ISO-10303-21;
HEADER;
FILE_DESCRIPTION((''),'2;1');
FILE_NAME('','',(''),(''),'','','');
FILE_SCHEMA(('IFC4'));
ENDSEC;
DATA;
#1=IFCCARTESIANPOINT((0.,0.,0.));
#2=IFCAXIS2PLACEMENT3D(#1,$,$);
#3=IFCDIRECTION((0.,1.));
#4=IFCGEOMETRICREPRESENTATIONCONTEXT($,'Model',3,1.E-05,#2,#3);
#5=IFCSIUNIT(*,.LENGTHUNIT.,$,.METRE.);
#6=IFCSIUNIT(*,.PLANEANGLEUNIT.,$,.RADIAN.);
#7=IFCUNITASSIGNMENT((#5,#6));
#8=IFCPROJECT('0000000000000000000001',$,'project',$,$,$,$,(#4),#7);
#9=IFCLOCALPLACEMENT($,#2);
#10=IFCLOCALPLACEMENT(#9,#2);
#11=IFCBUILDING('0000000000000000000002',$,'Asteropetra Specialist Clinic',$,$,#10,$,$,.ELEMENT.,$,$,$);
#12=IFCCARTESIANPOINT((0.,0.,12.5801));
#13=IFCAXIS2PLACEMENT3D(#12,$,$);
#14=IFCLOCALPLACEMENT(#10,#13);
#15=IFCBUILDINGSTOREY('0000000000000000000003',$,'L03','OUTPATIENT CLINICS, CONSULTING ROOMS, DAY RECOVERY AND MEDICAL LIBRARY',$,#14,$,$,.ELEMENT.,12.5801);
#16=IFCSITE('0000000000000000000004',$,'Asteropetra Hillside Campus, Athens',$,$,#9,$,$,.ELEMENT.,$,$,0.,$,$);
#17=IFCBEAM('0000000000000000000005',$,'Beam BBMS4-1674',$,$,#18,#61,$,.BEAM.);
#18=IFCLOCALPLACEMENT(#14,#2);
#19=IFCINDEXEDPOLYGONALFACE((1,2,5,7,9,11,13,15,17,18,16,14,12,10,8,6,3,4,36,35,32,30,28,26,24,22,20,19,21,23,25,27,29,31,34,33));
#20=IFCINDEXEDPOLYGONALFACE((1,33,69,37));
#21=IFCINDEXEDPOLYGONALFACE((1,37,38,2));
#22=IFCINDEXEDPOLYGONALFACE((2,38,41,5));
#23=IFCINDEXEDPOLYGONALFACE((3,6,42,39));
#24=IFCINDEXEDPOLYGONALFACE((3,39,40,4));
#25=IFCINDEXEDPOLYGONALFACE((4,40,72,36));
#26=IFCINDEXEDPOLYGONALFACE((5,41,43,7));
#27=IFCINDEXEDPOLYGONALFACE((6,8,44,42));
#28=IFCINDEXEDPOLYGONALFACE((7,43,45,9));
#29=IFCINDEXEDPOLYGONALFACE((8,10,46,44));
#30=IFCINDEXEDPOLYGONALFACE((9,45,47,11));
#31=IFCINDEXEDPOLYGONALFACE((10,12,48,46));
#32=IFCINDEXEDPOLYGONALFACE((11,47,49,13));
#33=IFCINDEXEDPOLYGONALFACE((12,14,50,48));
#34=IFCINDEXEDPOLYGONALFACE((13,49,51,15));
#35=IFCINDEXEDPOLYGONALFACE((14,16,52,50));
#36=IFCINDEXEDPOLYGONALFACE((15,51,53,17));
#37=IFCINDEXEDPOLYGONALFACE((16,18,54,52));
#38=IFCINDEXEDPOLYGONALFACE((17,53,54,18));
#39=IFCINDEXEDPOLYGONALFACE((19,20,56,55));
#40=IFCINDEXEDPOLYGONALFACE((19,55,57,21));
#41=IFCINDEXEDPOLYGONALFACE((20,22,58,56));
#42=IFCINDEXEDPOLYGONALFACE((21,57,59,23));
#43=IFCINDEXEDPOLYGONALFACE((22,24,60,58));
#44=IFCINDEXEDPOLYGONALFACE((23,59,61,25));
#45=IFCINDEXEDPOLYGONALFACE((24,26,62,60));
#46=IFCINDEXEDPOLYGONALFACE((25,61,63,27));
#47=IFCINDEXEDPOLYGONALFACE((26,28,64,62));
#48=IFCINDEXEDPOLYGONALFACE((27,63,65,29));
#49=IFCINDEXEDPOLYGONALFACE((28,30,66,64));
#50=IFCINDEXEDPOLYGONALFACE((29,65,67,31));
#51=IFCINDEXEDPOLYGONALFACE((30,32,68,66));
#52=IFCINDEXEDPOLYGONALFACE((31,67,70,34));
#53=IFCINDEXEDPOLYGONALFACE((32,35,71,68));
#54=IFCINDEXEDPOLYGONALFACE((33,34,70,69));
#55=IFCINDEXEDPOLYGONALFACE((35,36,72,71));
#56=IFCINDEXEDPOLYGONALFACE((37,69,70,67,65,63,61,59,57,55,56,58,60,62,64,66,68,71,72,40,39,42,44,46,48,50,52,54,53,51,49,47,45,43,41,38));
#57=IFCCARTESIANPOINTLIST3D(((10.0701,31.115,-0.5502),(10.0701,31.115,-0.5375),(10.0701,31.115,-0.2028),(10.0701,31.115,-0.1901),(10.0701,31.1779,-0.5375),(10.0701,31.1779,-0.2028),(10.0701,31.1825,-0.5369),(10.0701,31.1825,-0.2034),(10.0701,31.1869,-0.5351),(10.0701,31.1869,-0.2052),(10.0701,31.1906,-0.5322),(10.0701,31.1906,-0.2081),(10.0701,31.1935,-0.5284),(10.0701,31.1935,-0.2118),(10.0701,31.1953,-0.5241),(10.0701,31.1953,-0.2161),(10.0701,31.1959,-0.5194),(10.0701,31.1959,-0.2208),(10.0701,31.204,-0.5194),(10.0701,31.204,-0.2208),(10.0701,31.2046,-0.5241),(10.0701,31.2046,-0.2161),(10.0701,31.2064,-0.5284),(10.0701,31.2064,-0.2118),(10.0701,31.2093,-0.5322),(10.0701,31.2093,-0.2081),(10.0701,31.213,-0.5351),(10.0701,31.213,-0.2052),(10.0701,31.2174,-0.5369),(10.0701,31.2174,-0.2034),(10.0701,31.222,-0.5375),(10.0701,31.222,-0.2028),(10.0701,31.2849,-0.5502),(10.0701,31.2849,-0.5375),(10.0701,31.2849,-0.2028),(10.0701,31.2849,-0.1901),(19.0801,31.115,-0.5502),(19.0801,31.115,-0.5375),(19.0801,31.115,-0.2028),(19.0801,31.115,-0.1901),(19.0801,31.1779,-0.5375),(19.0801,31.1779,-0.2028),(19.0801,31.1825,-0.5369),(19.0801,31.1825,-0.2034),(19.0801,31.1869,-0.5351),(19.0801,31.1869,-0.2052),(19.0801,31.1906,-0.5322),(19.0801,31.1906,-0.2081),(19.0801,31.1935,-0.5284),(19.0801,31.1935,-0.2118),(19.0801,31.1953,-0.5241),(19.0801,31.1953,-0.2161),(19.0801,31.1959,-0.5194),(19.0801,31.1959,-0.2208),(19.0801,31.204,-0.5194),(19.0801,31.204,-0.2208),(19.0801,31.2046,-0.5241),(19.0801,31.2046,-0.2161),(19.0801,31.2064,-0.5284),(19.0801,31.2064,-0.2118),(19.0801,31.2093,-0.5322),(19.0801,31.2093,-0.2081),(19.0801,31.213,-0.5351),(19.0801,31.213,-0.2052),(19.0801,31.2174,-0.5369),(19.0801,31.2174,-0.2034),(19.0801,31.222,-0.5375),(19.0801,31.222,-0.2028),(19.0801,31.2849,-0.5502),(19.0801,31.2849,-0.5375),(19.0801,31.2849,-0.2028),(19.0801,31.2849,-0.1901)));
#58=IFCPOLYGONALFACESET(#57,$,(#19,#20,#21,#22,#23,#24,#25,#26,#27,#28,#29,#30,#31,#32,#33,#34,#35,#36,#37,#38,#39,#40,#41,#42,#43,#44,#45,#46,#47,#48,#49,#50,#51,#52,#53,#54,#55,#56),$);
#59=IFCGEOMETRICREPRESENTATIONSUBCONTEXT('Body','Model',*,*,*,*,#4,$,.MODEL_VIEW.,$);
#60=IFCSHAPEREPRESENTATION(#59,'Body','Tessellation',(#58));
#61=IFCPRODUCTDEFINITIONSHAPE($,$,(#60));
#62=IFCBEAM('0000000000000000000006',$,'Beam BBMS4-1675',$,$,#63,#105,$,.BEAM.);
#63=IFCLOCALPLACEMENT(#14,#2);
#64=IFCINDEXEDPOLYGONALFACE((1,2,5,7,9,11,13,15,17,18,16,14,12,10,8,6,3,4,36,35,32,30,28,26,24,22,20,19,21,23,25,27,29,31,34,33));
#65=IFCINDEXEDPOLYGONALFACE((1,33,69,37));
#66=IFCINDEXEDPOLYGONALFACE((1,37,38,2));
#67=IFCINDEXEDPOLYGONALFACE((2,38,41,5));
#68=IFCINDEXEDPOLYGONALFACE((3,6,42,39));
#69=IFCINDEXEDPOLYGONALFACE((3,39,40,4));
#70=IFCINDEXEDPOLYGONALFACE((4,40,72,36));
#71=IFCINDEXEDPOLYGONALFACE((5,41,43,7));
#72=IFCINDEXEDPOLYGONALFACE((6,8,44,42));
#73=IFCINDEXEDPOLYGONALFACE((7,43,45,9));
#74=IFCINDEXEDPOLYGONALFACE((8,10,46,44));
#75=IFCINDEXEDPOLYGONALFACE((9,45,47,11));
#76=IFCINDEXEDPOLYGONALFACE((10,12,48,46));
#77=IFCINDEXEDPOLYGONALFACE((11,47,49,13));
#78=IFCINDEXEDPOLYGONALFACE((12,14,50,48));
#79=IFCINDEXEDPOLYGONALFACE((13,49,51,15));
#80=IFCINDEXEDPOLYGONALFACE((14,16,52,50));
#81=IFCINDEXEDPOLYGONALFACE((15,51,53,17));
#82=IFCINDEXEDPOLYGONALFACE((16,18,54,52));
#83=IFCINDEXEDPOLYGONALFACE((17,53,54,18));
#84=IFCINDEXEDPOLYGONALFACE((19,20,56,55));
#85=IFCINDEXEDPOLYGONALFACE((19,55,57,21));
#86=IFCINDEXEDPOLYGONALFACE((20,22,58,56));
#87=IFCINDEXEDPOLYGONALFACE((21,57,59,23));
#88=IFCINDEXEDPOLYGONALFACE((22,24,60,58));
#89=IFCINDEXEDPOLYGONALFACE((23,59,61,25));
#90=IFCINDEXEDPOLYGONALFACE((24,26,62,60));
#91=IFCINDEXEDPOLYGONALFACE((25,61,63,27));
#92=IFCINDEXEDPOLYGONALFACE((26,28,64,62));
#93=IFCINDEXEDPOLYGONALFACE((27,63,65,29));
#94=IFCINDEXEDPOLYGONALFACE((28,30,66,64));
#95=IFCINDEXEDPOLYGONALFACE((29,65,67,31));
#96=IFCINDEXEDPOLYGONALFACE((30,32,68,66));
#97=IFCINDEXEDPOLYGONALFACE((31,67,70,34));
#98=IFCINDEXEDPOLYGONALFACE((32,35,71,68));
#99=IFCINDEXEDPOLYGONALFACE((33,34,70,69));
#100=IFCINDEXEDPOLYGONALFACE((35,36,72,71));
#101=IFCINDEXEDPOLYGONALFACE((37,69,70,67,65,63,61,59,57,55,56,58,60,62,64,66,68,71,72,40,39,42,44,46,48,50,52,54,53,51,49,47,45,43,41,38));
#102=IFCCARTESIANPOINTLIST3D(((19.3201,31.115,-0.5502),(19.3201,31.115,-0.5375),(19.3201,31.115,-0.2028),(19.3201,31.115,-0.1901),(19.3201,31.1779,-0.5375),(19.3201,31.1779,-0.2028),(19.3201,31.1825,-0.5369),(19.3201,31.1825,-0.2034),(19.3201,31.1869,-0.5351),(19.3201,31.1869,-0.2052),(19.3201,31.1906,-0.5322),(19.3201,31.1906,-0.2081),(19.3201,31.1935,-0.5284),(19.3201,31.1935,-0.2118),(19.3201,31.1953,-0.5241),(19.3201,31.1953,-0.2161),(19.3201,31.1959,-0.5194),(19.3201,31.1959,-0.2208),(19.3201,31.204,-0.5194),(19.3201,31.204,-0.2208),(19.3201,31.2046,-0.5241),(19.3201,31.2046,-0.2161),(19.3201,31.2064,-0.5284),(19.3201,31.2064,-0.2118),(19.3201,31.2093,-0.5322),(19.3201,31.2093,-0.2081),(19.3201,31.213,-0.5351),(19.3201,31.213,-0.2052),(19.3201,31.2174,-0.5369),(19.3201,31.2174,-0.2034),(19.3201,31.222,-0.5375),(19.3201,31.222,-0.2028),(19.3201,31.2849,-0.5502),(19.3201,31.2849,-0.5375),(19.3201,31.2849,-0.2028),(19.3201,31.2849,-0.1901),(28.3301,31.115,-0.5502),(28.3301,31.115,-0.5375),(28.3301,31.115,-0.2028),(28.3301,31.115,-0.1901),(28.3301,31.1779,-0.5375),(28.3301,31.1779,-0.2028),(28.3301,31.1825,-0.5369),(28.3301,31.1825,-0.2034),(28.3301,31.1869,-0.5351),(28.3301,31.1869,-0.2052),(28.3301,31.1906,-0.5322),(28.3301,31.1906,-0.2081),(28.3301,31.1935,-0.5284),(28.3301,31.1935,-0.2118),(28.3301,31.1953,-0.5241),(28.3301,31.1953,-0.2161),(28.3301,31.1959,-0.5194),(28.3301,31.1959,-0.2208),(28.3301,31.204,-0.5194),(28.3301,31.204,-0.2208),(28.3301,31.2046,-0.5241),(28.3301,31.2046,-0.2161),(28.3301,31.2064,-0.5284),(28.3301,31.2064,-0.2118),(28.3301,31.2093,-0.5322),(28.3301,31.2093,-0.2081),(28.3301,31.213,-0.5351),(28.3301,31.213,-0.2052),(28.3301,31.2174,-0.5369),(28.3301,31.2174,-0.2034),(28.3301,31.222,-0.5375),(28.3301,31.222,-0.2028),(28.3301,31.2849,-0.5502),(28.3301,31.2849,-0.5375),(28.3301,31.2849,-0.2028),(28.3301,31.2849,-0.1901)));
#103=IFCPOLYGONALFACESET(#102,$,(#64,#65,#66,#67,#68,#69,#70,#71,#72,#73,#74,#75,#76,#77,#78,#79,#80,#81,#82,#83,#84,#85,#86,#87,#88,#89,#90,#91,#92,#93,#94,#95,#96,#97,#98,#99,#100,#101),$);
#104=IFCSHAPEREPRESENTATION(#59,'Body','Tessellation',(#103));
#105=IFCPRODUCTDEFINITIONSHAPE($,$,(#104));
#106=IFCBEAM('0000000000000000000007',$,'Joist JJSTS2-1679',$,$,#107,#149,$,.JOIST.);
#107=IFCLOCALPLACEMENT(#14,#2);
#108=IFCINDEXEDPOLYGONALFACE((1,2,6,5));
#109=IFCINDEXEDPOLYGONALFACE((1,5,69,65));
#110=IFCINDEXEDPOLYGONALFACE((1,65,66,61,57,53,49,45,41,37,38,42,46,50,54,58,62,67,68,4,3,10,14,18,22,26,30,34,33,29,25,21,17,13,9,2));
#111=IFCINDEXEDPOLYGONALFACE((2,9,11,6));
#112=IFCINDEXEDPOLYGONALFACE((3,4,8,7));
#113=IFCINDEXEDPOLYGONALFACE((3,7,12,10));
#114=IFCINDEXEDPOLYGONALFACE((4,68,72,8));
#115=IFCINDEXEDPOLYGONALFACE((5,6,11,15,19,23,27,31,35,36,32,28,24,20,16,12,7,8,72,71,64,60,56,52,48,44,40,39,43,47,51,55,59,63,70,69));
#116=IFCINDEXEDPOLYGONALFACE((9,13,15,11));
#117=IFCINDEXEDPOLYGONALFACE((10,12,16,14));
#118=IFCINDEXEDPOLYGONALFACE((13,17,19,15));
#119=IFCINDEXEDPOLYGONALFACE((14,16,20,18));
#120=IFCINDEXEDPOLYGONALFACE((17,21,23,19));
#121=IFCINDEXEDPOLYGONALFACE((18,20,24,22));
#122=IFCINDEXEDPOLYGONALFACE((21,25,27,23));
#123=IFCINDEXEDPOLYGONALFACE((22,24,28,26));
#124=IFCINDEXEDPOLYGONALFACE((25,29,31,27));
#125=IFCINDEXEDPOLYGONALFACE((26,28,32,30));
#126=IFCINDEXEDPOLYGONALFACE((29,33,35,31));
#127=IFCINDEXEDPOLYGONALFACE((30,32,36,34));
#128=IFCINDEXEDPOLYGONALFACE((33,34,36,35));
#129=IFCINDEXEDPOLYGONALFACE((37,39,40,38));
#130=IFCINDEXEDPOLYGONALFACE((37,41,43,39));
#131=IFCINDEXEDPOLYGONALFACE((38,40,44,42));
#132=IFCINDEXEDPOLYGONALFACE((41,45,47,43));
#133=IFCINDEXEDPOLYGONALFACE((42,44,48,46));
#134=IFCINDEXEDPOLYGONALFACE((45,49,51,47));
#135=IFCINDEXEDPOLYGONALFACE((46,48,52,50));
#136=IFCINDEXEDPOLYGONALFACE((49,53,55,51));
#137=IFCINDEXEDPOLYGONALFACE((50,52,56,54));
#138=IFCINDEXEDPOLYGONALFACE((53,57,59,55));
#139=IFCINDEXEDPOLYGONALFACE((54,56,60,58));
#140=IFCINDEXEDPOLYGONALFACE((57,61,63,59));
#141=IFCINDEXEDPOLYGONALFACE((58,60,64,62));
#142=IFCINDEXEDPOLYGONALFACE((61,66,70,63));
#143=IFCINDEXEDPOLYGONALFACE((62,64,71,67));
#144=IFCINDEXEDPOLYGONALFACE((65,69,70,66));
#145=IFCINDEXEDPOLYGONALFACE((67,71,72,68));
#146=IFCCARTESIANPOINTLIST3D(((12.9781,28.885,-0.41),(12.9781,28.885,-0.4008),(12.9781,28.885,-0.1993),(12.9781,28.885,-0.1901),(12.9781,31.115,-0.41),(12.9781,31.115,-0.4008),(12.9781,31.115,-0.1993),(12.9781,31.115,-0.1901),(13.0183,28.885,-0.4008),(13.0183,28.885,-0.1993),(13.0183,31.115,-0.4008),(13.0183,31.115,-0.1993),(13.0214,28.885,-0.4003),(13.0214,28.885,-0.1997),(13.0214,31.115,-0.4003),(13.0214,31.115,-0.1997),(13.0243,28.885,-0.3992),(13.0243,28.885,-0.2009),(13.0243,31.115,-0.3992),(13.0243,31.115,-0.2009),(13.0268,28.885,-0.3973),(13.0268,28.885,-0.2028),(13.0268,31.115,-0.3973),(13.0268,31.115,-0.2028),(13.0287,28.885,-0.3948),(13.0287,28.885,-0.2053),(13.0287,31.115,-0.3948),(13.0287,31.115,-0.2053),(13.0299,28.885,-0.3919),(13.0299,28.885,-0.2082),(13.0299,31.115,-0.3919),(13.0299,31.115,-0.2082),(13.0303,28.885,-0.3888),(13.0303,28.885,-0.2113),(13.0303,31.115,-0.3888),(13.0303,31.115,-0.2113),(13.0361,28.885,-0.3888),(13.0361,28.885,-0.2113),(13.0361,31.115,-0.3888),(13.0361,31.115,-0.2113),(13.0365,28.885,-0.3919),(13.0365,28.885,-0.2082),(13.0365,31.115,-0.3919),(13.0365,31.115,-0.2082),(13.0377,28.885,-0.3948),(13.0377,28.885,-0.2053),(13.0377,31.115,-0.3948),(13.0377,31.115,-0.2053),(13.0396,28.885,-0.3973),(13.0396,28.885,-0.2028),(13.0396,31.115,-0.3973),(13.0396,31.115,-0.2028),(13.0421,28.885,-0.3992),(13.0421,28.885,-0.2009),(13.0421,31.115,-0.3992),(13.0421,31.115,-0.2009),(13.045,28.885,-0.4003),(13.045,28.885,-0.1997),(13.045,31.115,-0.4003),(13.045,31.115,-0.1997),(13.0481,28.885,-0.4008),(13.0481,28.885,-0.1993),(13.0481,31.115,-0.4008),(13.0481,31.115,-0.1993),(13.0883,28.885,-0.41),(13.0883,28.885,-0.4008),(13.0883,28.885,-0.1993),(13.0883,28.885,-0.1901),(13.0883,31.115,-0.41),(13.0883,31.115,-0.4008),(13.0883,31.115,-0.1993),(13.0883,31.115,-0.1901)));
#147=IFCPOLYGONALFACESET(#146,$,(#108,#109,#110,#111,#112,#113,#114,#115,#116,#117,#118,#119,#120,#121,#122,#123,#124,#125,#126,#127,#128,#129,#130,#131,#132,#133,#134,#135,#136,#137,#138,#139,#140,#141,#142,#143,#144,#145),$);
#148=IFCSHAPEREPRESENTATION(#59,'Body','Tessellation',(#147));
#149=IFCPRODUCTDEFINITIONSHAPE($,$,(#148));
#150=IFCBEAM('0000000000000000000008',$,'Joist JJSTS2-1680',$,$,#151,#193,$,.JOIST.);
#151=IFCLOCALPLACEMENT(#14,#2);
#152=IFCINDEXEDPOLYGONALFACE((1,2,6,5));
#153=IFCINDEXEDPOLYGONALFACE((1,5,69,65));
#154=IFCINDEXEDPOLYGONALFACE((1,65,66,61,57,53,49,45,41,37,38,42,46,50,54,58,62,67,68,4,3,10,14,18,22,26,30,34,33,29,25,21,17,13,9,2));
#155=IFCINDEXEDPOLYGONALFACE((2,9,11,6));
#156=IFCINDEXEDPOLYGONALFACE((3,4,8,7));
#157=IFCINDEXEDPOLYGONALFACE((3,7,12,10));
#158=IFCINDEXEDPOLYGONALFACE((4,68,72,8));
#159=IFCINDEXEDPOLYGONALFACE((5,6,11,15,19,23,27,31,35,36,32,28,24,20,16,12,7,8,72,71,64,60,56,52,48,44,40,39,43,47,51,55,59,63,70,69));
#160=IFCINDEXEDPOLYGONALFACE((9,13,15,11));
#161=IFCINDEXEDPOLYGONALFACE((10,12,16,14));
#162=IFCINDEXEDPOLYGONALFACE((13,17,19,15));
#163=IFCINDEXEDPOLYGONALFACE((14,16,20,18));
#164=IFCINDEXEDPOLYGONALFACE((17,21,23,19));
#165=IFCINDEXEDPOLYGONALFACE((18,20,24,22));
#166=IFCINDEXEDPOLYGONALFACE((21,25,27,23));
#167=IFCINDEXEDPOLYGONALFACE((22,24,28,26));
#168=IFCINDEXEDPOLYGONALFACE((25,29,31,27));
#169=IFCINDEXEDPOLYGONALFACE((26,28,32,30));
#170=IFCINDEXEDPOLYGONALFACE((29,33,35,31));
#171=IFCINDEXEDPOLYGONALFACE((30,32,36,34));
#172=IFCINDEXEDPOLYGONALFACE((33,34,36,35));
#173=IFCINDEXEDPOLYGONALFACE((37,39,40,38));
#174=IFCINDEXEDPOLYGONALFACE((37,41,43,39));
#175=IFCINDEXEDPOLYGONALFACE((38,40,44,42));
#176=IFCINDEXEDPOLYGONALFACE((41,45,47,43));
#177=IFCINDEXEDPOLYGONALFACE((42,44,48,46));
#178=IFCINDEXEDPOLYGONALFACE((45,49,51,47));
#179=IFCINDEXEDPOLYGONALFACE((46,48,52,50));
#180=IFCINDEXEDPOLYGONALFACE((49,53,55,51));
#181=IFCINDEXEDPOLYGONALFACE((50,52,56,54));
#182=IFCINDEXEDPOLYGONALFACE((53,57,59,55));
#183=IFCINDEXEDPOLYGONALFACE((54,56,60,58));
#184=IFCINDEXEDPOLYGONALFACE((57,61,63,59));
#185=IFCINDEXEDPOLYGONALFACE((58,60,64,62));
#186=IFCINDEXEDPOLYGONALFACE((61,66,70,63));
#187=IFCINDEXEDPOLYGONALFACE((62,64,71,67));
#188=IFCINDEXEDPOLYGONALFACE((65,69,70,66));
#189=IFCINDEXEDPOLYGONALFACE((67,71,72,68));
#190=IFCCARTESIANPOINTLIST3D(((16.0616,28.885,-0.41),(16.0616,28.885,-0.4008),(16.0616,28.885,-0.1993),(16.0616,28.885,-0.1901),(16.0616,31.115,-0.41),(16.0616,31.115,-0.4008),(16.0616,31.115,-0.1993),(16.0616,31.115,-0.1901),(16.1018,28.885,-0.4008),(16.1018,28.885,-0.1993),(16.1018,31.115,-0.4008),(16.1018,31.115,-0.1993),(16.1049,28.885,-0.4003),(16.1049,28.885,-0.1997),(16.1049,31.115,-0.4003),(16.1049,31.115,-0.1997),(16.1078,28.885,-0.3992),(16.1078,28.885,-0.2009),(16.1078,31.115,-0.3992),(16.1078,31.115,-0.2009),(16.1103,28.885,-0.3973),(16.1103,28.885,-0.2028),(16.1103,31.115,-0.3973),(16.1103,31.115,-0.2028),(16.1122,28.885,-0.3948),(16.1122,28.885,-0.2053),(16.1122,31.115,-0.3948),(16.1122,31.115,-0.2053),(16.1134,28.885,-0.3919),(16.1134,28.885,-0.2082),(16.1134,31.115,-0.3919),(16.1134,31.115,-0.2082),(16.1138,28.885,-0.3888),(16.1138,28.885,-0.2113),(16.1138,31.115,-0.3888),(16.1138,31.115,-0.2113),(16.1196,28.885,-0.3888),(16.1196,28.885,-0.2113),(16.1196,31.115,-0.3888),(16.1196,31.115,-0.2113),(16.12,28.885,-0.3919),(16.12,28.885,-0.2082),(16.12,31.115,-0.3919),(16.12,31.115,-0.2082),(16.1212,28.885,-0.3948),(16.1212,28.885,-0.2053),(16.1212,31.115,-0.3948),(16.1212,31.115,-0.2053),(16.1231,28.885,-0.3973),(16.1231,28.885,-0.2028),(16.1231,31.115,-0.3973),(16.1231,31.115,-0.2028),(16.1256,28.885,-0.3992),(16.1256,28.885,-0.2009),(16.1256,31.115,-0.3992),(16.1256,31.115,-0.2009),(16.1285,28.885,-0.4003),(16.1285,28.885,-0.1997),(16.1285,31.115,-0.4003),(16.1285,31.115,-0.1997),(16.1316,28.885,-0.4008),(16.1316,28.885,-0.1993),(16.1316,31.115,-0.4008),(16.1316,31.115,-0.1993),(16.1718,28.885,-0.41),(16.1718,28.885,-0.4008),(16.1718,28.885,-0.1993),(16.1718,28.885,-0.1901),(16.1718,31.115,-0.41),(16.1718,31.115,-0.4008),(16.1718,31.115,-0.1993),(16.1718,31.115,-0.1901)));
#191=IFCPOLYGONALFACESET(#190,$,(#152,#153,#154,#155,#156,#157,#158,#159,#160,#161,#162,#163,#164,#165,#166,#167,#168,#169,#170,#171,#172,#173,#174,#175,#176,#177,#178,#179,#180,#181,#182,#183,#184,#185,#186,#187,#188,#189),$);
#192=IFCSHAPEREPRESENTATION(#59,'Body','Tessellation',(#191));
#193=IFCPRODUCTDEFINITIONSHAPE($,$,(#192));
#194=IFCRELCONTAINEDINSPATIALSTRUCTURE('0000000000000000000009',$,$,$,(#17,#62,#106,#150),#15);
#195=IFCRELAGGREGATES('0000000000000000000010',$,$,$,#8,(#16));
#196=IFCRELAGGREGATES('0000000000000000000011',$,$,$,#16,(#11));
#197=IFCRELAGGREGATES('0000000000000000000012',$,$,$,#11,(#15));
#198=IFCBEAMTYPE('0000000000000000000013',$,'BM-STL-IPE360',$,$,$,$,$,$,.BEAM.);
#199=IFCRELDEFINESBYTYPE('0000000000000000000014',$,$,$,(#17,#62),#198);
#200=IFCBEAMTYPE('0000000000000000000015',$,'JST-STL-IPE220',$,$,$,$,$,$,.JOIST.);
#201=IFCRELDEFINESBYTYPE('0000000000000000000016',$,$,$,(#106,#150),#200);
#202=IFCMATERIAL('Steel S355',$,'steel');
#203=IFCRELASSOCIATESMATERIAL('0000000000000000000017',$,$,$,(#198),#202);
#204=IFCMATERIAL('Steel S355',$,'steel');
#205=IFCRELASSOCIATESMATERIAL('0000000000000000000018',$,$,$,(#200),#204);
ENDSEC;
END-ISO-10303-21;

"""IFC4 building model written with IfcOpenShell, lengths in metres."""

from ifc_helpers import new_model, si_unit, direction, frame, origin, origin_2d, place, context, subcontext, project, spatial, i_section, extrude, material, material_profile, profile_set, type_object, element, save


model = new_model("IFC4")

# Units and contexts
model_context = context("Model", 3, precision=1e-05, world=origin(), true_north=direction((0.0, 1.0)))
body_context = subcontext(model_context, "Body", "Model", "MODEL_VIEW")
ifc_project = project(units=[si_unit("LENGTHUNIT", "METRE"), si_unit("PLANEANGLEUNIT", "RADIAN")], contexts=[model_context])

# Site, building, storey
site_placement = place(None, origin())
site = spatial("IfcSite", under=ifc_project, at=site_placement, Name="Asteropetra Hillside Campus, Athens", CompositionType="ELEMENT", RefElevation=0.0)
building_placement = place(site_placement, origin())
building = spatial("IfcBuilding", under=site, at=building_placement, Name="Asteropetra Specialist Clinic", CompositionType="ELEMENT")
storey_placement = place(building_placement, frame((0.0, 0.0, 12.5801)))
storey = spatial("IfcBuildingStorey", under=building, at=storey_placement, Name="L03", Description="OUTPATIENT CLINICS, CONSULTING ROOMS, DAY RECOVERY AND MEDICAL LIBRARY", CompositionType="ELEMENT", Elevation=12.5801)

# Beams
ifc_material_1 = material(Name="Steel S355", Category="steel")
ifc_material_profile_1 = material_profile(ifc_material_1, i_section(OverallWidth=0.1699, OverallDepth=0.3601, WebThickness=0.0081, FlangeThickness=0.0127, FilletRadius=0.0181, at=origin_2d()), Name="IPE 360")
ifc_profile_set_1 = profile_set([ifc_material_profile_1], Name="Steel S355")
beam_type_1 = type_object("IfcBeamType", Name="BM-STL-IPE360", PredefinedType="BEAM", material=ifc_profile_set_1)
for number, where, z_axis, x_axis, name in (
    (1, (10.0701, 31.2, -0.3701), (1.0, 0.0, 0.0), (0.0, 1.0, 0.0), "Beam BBMS4-1674"),
    (2, (19.3201, 31.2, -0.3701), (1.0, 0.0, 0.0), (0.0, 1.0, 0.0), "Beam BBMS4-1675"),
):
    element("IfcBeam", number, at=place(storey_placement, frame(where, z_axis=z_axis, x_axis=x_axis)), inside=storey, type_object=beam_type_1, Name=name, PredefinedType="BEAM", context=body_context, shape_type="SweptSolid", body=[
        extrude(i_section(OverallWidth=0.1699, OverallDepth=0.3601, WebThickness=0.0081, FlangeThickness=0.0127, FilletRadius=0.0181, at=origin_2d()), origin(), (0.0, 0.0, 1.0), 9.01),
    ])
ifc_material_2 = material(Name="Steel S355", Category="steel")
ifc_material_profile_2 = material_profile(ifc_material_2, i_section(OverallWidth=0.1101, OverallDepth=0.22, WebThickness=0.0059, FlangeThickness=0.0093, FilletRadius=0.012, at=origin_2d()), Name="IPE 220")
ifc_profile_set_2 = profile_set([ifc_material_profile_2], Name="Steel S355")
beam_type_2 = type_object("IfcBeamType", Name="JST-STL-IPE220", PredefinedType="JOIST", material=ifc_profile_set_2)
for number, where, z_axis, x_axis, name in (
    (3, (13.0332, 28.885, -0.3), (0.0, 1.0, 0.0), (-1.0, 0.0, 0.0), "Joist JJSTS2-1679"),
    (4, (16.1167, 28.885, -0.3), (0.0, 1.0, 0.0), (-1.0, 0.0, 0.0), "Joist JJSTS2-1680"),
):
    element("IfcBeam", number, at=place(storey_placement, frame(where, z_axis=z_axis, x_axis=x_axis)), inside=storey, type_object=beam_type_2, Name=name, PredefinedType="JOIST", context=body_context, shape_type="SweptSolid", body=[
        extrude(i_section(OverallWidth=0.1101, OverallDepth=0.22, WebThickness=0.0059, FlangeThickness=0.0093, FilletRadius=0.012, at=origin_2d()), origin(), (0.0, 0.0, 1.0), 2.23),
    ])

save(model, "model.ifc")
